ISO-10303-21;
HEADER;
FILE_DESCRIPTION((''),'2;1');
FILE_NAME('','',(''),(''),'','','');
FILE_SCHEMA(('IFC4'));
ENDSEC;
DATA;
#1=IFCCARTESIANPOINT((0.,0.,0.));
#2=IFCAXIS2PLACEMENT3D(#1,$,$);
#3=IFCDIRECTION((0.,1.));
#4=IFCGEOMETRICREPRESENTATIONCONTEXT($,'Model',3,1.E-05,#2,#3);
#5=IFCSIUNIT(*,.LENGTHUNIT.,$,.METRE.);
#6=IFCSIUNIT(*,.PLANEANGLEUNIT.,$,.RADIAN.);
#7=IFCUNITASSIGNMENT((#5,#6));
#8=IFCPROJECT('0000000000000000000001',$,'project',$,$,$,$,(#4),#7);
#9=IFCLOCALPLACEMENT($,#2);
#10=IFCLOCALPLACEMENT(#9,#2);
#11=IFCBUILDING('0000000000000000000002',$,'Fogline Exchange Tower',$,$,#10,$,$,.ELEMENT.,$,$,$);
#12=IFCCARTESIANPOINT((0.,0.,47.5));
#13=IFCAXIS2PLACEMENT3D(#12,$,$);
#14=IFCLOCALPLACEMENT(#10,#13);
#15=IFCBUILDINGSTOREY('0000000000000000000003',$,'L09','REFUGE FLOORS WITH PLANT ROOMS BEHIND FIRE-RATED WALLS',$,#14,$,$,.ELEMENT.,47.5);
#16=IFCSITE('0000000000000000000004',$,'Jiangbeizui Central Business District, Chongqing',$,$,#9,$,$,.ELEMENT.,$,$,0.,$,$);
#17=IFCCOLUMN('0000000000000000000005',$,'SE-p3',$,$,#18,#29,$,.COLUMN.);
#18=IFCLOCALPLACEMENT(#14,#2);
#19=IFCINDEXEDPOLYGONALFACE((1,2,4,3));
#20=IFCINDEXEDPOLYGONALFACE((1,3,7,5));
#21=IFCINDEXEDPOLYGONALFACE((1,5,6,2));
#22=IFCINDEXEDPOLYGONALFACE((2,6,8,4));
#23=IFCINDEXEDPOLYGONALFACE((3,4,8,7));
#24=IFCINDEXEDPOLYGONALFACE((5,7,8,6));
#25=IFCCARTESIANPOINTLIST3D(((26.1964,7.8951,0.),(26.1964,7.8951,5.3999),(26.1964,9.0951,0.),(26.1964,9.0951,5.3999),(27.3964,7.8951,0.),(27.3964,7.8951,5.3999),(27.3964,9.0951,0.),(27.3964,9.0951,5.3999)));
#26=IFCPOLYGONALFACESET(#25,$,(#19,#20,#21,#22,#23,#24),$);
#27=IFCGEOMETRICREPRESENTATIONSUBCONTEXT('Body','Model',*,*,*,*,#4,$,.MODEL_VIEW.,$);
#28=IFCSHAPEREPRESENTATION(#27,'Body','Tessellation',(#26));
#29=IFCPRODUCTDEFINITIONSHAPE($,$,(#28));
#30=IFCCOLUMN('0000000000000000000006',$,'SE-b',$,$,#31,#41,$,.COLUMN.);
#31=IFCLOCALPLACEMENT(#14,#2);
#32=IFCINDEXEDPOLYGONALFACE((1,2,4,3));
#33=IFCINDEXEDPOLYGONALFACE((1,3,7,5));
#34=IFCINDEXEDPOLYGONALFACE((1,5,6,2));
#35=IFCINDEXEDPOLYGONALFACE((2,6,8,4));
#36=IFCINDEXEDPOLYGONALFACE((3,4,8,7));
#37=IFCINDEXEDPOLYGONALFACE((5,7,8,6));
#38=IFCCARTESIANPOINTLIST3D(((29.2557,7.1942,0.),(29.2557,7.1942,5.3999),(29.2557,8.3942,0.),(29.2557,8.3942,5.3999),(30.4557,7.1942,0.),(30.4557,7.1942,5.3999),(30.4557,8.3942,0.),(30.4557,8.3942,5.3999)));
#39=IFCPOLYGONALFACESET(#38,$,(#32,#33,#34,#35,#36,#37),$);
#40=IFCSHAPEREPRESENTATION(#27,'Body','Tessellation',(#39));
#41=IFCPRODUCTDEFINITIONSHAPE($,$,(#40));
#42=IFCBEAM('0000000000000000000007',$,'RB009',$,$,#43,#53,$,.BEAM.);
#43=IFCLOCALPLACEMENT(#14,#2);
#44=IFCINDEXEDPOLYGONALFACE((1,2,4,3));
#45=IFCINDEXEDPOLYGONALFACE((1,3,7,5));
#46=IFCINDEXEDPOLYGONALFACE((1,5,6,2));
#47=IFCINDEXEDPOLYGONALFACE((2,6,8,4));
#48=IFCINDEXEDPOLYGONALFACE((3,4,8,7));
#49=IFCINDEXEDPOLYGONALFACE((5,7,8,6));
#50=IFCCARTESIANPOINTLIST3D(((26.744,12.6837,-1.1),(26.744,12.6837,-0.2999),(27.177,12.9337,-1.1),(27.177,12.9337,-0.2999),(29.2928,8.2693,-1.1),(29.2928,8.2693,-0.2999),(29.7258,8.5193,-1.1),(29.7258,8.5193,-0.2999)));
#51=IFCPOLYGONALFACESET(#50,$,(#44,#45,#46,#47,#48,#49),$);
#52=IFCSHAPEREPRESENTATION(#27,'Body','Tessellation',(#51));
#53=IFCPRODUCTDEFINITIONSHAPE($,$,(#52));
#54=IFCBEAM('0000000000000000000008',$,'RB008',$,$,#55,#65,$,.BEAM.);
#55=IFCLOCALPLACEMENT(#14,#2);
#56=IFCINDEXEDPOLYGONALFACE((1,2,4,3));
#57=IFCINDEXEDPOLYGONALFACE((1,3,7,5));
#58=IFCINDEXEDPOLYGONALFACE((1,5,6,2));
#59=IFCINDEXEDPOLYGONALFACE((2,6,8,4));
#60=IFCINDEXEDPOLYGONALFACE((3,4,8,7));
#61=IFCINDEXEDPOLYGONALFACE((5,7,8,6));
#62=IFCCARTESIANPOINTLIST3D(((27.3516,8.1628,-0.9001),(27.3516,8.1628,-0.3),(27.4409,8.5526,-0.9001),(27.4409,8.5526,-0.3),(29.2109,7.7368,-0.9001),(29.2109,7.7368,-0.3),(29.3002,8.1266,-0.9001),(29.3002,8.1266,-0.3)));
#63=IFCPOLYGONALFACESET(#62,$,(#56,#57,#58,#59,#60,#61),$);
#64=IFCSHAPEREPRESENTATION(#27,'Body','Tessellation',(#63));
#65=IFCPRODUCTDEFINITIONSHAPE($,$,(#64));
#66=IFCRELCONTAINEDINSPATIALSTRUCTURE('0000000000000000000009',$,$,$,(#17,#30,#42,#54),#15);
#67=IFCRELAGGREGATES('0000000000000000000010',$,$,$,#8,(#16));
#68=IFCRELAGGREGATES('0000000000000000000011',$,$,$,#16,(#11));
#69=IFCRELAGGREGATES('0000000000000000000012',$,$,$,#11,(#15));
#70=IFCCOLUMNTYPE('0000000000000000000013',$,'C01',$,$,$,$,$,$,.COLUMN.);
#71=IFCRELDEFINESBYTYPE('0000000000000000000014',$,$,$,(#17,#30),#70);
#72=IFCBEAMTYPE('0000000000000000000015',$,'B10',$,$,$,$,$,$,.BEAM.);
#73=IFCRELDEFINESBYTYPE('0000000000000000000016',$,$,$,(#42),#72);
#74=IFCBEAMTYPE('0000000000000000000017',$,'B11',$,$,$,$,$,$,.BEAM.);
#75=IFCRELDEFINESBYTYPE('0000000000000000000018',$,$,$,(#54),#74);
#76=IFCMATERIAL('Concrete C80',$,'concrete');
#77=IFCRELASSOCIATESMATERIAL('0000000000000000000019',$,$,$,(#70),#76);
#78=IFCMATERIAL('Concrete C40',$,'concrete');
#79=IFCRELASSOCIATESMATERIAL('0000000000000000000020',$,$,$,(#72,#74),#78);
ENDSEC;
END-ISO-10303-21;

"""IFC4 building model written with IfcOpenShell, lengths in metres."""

from ifc_helpers import new_model, si_unit, direction, frame, origin, origin_2d, place, context, subcontext, project, spatial, rectangle, extrude, material, material_profile, profile_set, type_object, element, save


model = new_model("IFC4")

# Units and contexts
model_context = context("Model", 3, precision=1e-05, world=origin(), true_north=direction((0.0, 1.0)))
body_context = subcontext(model_context, "Body", "Model", "MODEL_VIEW")
ifc_project = project(units=[si_unit("LENGTHUNIT", "METRE"), si_unit("PLANEANGLEUNIT", "RADIAN")], contexts=[model_context])

# Site, building, storey
site_placement = place(None, origin())
site = spatial("IfcSite", under=ifc_project, at=site_placement, Name="Jiangbeizui Central Business District, Chongqing", CompositionType="ELEMENT", RefElevation=0.0)
building_placement = place(site_placement, origin())
building = spatial("IfcBuilding", under=site, at=building_placement, Name="Fogline Exchange Tower", CompositionType="ELEMENT")
storey_placement = place(building_placement, frame((0.0, 0.0, 47.5)))
storey = spatial("IfcBuildingStorey", under=building, at=storey_placement, Name="L09", Description="REFUGE FLOORS WITH PLANT ROOMS BEHIND FIRE-RATED WALLS", CompositionType="ELEMENT", Elevation=47.5)

# Columns
ifc_material_1 = material(Name="Concrete C80", Category="concrete")
ifc_material_profile_1 = material_profile(ifc_material_1, rectangle(XDim=1.2, YDim=1.2, at=origin_2d()), Name="RC 1200x1200")
ifc_profile_set_1 = profile_set([ifc_material_profile_1], Name="Concrete C80")
column_type = type_object("IfcColumnType", Name="C01", PredefinedType="COLUMN", material=ifc_profile_set_1)
for number, where, z_axis, x_axis, name in (
    (1, (26.7964, 8.4951, 0.0), (0.0, 0.0, 1.0), (1.0, 0.0, 0.0), "SE-p3"),
    (2, (29.8557, 7.7942, 0.0), (0.0, 0.0, 1.0), (1.0, 0.0, 0.0), "SE-b"),
):
    element("IfcColumn", number, at=place(storey_placement, frame(where, z_axis=z_axis, x_axis=x_axis)), inside=storey, type_object=column_type, Name=name, PredefinedType="COLUMN", context=body_context, shape_type="SweptSolid", body=[
        extrude(rectangle(XDim=1.2, YDim=1.2, at=origin_2d()), origin(), (0.0, 0.0, 1.0), 5.3999),
    ])

# Beams
ifc_material_2 = material(Name="Concrete C40", Category="concrete")
ifc_material_profile_2 = material_profile(ifc_material_2, rectangle(XDim=0.5, YDim=0.8, at=origin_2d()), Name="RC 500x800")
ifc_profile_set_2 = profile_set([ifc_material_profile_2], Name="Concrete C40")
beam_type_1 = type_object("IfcBeamType", Name="B10", PredefinedType="BEAM", material=ifc_profile_set_2)
beam_1_placement = place(storey_placement, frame((29.5093, 8.3943, -0.7), z_axis=(-0.500013, 0.866018, 0.0), x_axis=(-0.866018, -0.500013, 0.0)))
element("IfcBeam", 3, at=beam_1_placement, inside=storey, type_object=beam_type_1, Name="RB009", PredefinedType="BEAM", context=body_context, shape_type="SweptSolid", body=[
    extrude(rectangle(XDim=0.5, YDim=0.8, at=origin_2d()), origin(), (0.0, 0.0, 1.0), 5.0974),
])
ifc_material_profile_3 = material_profile(ifc_material_2, rectangle(XDim=0.3999, YDim=0.6001, at=origin_2d()), Name="RC 400x600")
ifc_profile_set_3 = profile_set([ifc_material_profile_3], Name="Concrete C40")
beam_type_2 = type_object("IfcBeamType", Name="B11", PredefinedType="BEAM", material=ifc_profile_set_3)
beam_2_placement = place(storey_placement, frame((27.3962, 8.3577, -0.6001), z_axis=(0.974742, -0.223336, 0.0), x_axis=(0.223336, 0.974742, 0.0)))
element("IfcBeam", 4, at=beam_2_placement, inside=storey, type_object=beam_type_2, Name="RB008", PredefinedType="BEAM", context=body_context, shape_type="SweptSolid", body=[
    extrude(rectangle(XDim=0.3999, YDim=0.6001, at=origin_2d()), origin(), (0.0, 0.0, 1.0), 1.9075),
])

save(model, "model.ifc")
